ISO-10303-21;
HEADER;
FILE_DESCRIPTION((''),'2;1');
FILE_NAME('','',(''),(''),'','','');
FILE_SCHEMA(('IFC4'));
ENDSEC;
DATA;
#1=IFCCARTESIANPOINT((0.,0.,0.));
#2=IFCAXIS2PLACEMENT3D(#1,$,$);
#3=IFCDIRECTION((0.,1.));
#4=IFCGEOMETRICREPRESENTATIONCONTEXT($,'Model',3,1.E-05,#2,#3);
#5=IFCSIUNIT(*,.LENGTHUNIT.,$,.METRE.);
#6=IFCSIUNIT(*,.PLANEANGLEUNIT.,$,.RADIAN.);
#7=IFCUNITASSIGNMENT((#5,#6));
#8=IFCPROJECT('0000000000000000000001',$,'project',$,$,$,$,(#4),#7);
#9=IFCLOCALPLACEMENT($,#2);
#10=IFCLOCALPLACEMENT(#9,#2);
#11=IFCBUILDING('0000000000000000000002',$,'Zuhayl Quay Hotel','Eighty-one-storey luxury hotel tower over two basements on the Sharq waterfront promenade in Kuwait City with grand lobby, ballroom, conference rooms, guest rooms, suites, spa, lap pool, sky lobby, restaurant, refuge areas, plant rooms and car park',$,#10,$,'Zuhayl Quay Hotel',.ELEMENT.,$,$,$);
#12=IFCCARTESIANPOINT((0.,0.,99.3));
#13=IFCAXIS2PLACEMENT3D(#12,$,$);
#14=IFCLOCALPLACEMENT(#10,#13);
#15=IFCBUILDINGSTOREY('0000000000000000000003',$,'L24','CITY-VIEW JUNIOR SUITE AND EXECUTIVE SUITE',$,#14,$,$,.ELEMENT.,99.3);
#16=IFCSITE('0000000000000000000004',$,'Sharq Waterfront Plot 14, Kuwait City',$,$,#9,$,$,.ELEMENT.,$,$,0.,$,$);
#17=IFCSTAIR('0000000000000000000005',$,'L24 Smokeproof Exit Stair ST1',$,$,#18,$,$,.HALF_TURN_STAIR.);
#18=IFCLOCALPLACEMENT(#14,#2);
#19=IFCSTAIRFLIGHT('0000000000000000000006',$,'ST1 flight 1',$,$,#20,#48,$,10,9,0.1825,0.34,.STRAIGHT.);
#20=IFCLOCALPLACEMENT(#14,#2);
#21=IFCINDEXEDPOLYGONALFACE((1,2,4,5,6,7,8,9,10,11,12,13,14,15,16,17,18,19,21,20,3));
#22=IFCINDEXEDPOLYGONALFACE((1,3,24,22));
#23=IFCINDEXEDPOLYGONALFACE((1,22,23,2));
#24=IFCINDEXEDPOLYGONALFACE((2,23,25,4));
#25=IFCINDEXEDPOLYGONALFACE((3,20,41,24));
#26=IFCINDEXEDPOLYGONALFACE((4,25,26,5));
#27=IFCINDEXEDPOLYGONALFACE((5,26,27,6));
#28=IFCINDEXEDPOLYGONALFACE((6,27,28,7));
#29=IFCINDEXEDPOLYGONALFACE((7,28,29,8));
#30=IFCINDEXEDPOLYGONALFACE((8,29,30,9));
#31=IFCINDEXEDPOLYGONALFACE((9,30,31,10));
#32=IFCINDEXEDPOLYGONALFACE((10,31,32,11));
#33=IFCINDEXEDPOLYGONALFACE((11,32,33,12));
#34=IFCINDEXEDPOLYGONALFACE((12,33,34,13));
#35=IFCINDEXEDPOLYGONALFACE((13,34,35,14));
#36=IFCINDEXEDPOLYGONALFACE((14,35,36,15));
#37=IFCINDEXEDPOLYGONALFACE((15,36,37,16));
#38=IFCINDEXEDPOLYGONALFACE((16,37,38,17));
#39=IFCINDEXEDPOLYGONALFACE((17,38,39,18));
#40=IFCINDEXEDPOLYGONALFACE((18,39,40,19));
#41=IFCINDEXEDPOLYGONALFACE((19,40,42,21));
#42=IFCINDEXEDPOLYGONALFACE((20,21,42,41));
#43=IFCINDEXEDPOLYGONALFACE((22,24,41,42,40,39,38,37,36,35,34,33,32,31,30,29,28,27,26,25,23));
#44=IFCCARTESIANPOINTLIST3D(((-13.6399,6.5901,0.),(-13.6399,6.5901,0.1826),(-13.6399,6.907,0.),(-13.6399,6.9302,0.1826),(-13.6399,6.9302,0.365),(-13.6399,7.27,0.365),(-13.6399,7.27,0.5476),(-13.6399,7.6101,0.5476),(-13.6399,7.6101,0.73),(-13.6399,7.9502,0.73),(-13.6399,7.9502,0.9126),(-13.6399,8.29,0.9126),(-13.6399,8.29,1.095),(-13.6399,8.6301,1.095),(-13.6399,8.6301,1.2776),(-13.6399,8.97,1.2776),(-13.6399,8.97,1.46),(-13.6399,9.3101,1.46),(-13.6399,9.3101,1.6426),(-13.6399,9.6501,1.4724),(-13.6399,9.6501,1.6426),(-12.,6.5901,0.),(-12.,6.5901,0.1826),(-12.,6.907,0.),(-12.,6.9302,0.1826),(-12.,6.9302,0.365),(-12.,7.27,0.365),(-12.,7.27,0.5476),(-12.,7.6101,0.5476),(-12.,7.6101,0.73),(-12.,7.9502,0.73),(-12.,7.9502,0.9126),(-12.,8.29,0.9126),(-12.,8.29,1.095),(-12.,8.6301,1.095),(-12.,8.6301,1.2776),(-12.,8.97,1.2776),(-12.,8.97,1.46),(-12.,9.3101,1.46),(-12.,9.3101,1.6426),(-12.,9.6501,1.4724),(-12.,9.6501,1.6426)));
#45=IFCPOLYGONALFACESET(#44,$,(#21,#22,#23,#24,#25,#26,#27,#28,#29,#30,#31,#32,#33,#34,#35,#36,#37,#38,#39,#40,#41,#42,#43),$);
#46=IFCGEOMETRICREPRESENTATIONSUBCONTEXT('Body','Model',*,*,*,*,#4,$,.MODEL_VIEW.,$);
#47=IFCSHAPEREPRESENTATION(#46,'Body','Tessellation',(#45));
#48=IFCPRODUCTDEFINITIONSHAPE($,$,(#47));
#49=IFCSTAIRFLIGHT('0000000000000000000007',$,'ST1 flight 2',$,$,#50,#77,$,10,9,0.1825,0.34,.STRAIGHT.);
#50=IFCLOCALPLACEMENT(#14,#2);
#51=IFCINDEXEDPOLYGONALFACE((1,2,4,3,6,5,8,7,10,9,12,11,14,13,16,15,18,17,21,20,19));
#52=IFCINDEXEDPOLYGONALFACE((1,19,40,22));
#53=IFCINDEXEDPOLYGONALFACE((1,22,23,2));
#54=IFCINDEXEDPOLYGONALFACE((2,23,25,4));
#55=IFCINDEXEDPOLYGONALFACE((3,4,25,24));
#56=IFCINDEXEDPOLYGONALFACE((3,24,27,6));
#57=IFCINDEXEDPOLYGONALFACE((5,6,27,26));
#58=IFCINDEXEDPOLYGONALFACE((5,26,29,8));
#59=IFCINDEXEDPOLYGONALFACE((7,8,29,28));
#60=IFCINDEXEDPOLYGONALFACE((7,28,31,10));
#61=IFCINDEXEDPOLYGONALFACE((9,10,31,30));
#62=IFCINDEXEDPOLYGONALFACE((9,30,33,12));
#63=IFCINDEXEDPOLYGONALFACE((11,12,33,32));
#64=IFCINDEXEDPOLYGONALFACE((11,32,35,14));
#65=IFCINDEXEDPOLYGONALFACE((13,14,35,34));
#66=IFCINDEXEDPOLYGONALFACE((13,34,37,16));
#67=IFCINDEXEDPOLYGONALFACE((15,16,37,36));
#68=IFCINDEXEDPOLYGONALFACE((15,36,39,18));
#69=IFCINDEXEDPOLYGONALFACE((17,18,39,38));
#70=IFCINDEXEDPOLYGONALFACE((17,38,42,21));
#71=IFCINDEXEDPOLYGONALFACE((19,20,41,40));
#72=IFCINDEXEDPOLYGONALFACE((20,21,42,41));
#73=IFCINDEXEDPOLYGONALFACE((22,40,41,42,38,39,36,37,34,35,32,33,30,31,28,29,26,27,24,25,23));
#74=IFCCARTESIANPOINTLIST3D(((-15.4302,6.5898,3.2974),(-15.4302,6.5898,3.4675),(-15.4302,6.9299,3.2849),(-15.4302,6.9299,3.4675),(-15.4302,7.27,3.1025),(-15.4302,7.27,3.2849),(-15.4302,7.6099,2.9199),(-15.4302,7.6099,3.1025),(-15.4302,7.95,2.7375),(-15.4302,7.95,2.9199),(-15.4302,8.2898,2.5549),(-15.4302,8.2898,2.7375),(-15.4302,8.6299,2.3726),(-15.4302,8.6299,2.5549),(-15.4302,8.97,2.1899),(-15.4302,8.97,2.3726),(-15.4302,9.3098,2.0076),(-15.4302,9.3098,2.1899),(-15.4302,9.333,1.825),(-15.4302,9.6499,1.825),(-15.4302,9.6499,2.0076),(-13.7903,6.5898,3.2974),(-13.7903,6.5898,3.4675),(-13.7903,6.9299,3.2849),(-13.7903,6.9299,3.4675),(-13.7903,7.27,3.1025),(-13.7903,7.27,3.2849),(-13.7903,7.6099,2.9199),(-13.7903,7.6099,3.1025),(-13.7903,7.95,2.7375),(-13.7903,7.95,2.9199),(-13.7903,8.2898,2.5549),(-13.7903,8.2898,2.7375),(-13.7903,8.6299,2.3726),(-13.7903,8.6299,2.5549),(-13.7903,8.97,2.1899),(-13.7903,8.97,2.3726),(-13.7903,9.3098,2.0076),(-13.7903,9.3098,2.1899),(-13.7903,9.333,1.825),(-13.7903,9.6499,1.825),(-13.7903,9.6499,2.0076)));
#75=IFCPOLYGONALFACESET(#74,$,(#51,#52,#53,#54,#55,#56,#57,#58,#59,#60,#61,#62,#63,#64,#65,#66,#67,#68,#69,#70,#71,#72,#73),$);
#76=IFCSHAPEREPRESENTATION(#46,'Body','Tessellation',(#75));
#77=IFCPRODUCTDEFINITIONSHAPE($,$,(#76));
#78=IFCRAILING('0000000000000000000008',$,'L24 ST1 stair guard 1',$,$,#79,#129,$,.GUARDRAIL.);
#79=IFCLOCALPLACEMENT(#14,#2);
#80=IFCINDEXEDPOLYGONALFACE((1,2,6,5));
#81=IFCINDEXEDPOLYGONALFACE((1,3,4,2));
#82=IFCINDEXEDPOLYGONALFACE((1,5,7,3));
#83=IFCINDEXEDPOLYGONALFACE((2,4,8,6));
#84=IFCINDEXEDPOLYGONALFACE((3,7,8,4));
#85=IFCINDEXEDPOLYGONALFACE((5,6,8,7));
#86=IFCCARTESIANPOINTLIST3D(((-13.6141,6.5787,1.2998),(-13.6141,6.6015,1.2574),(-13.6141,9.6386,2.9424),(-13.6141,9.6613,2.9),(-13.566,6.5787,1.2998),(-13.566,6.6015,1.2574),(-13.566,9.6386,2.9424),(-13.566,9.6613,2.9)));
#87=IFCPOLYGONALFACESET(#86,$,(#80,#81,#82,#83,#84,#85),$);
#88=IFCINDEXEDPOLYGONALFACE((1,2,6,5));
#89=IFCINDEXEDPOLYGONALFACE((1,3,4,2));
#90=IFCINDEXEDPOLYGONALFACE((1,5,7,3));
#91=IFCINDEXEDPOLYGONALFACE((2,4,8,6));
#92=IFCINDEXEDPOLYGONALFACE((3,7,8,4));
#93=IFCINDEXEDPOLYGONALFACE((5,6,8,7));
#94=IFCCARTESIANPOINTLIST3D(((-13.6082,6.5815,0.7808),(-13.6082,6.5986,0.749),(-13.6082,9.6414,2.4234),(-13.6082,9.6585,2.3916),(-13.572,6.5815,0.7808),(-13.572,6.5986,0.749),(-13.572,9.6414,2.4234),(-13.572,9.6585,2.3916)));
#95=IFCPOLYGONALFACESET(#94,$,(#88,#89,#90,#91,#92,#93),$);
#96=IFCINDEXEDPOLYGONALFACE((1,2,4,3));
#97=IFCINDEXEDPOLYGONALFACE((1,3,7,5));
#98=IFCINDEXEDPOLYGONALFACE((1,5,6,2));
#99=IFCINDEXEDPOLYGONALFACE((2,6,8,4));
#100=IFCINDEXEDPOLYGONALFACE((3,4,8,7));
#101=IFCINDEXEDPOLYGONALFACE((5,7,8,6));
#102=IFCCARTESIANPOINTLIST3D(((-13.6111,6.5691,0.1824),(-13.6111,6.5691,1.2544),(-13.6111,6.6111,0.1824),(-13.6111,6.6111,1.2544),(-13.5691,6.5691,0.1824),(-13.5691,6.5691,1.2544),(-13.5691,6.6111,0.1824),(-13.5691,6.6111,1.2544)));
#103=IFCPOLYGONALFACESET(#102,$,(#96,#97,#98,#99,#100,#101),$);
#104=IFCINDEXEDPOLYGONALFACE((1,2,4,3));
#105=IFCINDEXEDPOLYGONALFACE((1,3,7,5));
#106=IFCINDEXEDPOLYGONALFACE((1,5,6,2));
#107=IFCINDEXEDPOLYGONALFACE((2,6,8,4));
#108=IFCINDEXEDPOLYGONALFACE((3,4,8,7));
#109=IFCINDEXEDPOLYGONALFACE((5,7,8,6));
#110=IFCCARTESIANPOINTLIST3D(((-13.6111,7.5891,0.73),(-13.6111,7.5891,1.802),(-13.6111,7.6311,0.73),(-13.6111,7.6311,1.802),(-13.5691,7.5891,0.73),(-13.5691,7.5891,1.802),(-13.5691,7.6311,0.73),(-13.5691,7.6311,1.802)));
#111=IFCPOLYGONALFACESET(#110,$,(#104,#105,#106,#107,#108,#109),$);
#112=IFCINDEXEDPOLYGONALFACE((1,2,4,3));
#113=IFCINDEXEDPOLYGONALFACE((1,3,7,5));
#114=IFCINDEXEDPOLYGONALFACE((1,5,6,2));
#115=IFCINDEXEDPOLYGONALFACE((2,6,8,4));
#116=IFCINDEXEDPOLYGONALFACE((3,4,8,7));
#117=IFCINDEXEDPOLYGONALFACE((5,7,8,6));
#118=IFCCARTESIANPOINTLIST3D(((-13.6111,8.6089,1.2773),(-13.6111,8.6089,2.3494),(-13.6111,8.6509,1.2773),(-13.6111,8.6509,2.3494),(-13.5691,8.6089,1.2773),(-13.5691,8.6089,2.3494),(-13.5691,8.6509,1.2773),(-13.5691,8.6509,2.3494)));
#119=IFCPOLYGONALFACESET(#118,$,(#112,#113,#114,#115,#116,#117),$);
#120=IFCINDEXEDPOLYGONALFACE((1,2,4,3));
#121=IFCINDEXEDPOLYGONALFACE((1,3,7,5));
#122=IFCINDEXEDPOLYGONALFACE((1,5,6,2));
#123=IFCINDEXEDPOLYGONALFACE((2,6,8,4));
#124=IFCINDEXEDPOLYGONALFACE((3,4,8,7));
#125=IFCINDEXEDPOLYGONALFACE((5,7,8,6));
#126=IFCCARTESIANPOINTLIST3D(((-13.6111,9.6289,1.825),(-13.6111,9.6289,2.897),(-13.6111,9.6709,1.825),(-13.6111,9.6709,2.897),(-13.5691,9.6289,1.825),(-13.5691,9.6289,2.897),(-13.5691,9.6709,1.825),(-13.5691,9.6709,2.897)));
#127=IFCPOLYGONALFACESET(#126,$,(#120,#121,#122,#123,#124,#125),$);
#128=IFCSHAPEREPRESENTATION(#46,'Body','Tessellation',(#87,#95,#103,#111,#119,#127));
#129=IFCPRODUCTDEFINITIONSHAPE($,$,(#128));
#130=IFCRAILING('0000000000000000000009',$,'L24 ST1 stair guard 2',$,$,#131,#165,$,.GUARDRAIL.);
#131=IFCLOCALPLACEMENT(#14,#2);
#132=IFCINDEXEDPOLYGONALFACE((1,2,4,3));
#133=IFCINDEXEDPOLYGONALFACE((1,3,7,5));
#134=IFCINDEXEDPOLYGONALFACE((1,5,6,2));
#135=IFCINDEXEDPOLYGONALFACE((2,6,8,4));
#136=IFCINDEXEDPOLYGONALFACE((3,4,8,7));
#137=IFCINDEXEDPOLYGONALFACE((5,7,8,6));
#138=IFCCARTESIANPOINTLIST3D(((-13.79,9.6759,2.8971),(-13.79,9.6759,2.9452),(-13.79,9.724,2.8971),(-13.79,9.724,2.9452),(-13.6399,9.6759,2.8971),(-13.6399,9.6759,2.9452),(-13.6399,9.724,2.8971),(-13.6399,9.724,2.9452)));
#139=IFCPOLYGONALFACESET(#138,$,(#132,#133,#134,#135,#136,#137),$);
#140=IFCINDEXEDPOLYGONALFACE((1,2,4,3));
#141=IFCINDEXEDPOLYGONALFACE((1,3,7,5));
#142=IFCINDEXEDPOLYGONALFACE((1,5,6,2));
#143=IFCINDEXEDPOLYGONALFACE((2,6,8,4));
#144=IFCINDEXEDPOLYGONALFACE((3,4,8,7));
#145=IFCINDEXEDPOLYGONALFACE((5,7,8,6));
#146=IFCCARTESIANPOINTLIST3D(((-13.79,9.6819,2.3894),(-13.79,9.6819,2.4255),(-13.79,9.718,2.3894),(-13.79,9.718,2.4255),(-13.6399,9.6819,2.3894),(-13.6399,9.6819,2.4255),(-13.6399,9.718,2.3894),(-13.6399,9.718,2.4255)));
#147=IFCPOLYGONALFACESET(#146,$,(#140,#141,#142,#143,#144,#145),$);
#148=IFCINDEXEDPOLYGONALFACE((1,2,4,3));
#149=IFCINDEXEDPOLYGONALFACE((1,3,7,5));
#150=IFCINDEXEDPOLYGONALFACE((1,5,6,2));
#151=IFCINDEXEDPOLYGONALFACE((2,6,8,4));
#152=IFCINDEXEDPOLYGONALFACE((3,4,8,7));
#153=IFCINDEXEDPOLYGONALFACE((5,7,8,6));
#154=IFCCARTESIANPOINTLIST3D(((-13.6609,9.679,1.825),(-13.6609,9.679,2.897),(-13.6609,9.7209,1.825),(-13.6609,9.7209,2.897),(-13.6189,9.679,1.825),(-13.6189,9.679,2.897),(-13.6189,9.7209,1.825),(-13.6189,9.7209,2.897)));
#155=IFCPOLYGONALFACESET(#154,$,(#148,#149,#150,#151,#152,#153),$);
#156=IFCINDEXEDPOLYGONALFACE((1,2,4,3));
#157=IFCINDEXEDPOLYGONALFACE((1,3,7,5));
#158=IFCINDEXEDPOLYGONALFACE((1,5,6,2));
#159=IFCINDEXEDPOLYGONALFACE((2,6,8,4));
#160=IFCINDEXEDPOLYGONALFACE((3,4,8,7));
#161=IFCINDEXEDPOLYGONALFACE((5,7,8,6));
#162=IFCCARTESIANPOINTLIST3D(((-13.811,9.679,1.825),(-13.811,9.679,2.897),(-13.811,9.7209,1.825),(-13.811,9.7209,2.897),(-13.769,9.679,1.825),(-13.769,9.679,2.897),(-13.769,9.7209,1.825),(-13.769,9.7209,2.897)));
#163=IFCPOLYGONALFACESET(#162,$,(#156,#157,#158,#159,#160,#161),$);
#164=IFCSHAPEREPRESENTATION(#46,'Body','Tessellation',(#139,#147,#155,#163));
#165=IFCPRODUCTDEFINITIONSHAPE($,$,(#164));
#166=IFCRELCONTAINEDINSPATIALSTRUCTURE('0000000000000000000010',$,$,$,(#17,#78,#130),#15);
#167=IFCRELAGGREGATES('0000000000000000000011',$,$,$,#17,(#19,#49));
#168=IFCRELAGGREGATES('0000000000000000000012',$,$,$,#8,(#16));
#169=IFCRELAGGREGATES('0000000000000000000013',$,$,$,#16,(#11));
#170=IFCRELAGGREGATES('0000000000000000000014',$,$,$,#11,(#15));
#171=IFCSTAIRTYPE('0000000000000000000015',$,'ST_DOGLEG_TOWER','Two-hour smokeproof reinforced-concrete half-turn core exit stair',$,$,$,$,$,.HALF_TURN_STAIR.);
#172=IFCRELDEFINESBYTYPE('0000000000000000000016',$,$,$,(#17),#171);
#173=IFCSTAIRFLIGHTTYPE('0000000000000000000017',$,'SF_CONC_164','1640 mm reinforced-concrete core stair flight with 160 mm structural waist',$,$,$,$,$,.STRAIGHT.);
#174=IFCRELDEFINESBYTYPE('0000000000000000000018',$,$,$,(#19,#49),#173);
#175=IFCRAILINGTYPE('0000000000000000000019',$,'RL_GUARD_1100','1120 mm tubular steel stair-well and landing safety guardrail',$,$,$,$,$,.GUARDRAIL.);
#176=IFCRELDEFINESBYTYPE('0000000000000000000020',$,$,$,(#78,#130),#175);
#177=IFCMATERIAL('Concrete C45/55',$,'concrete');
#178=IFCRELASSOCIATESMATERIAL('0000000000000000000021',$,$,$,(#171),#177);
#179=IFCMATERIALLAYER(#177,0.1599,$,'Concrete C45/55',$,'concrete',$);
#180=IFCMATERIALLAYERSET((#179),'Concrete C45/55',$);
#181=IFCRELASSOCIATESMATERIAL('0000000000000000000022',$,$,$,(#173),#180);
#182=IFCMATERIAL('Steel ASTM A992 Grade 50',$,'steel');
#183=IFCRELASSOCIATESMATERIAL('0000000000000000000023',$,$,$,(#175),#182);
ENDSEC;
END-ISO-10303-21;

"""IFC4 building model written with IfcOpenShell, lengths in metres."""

from ifc_helpers import new_model, si_unit, direction, frame, origin, origin_2d, place, context, subcontext, project, spatial, polyline, rectangle, outline, extrude, material, layer, layer_set, type_object, element, aggregate, save


model = new_model("IFC4")

# Units and contexts
model_context = context("Model", 3, precision=1e-05, world=origin(), true_north=direction((0.0, 1.0)))
body_context = subcontext(model_context, "Body", "Model", "MODEL_VIEW")
ifc_project = project(units=[si_unit("LENGTHUNIT", "METRE"), si_unit("PLANEANGLEUNIT", "RADIAN")], contexts=[model_context])

# Site, building, storey
site_placement = place(None, origin())
site = spatial("IfcSite", under=ifc_project, at=site_placement, Name="Sharq Waterfront Plot 14, Kuwait City", CompositionType="ELEMENT", RefElevation=0.0)
building_placement = place(site_placement, origin())
building = spatial("IfcBuilding", under=site, at=building_placement, Name="Zuhayl Quay Hotel", Description="Eighty-one-storey luxury hotel tower over two basements on the Sharq waterfront promenade in Kuwait City with grand lobby, ballroom, conference rooms, guest rooms, suites, spa, lap pool, sky lobby, restaurant, refuge areas, plant rooms and car park", LongName="Zuhayl Quay Hotel", CompositionType="ELEMENT")
storey_placement = place(building_placement, frame((0.0, 0.0, 99.3)))
storey = spatial("IfcBuildingStorey", under=building, at=storey_placement, Name="L24", Description="CITY-VIEW JUNIOR SUITE AND EXECUTIVE SUITE", CompositionType="ELEMENT", Elevation=99.3)

# Shared definitions
ifc_material_1 = material(Name="Steel ASTM A992 Grade 50", Category="steel")

# Stair, stair flights
ifc_material_2 = material(Name="Concrete C45/55", Category="concrete")
stair_type = type_object("IfcStairType", Name="ST_DOGLEG_TOWER", Description="Two-hour smokeproof reinforced-concrete half-turn core exit stair", PredefinedType="HALF_TURN_STAIR", material=ifc_material_2)
stair_placement = place(storey_placement, origin())
stair = element("IfcStair", 1, at=stair_placement, inside=storey, type_object=stair_type, Name="L24 Smokeproof Exit Stair ST1", PredefinedType="HALF_TURN_STAIR")
ifc_layer_1 = layer(ifc_material_2, 0.1599, Name="Concrete C45/55", Category="concrete")
ifc_layer_set_1 = layer_set([ifc_layer_1], Name="Concrete C45/55")
stair_flight_type = type_object("IfcStairFlightType", Name="SF_CONC_164", Description="1640 mm reinforced-concrete core stair flight with 160 mm structural waist", PredefinedType="STRAIGHT", material=ifc_layer_set_1)
stair_flight_1_placement = place(storey_placement, frame((-12.8201, 6.5901, 0.0), z_axis=(0.0, 0.0, 1.0), x_axis=(0.0, 1.0, 0.0)))
stair_flight_1 = element("IfcStairFlight", 2, at=stair_flight_1_placement, type_object=stair_flight_type, Name="ST1 flight 1", NumberOfRisers=10, NumberOfTreads=9, PredefinedType="STRAIGHT", RiserHeight=0.1825, TreadLength=0.34, context=body_context, shape_type="SweptSolid", body=[
    extrude(outline(polyline([(0.0, 0.0), (0.0, 0.1826), (0.3401, 0.1826), (0.3401, 0.365), (0.6799, 0.365), (0.6799, 0.5476), (1.02, 0.5476), (1.02, 0.73), (1.3601, 0.73), (1.3601, 0.9126), (1.7, 0.9126), (1.7, 1.095), (2.04, 1.095), (2.04, 1.2776), (2.3799, 1.2776), (2.3799, 1.46), (2.72, 1.46), (2.72, 1.6426), (3.0601, 1.6426), (3.0601, 1.825), (3.0601, 1.4724), (0.3169, 0.0), (0.0, 0.0)])), frame((0.0, 0.8198, 0.0), z_axis=(0.0, -1.0, 0.0), x_axis=(1.0, 0.0, 0.0)), (0.0, 0.0, 1.0), 1.6399),
])
stair_flight_2_placement = place(storey_placement, frame((-14.6101, 9.6499, 1.825), z_axis=(0.0, 0.0, 1.0), x_axis=(0.0, -1.0, 0.0)))
stair_flight_2 = element("IfcStairFlight", 3, at=stair_flight_2_placement, type_object=stair_flight_type, Name="ST1 flight 2", NumberOfRisers=10, NumberOfTreads=9, PredefinedType="STRAIGHT", RiserHeight=0.1825, TreadLength=0.34, context=body_context, shape_type="SweptSolid", body=[
    extrude(outline(polyline([(0.0, 0.0), (0.0, 0.1826), (0.3401, 0.1826), (0.3401, 0.365), (0.6799, 0.365), (0.6799, 0.5476), (1.02, 0.5476), (1.02, 0.73), (1.3601, 0.73), (1.3601, 0.9126), (1.7, 0.9126), (1.7, 1.095), (2.04, 1.095), (2.04, 1.2776), (2.3799, 1.2776), (2.3799, 1.46), (2.72, 1.46), (2.72, 1.6426), (3.0601, 1.6426), (3.0601, 1.825), (3.0601, 1.4724), (0.3169, 0.0), (0.0, 0.0)])), frame((0.0, 0.8198, 0.0), z_axis=(0.0, -1.0, 0.0), x_axis=(1.0, 0.0, 0.0)), (0.0, 0.0, 1.0), 1.6399),
])
aggregate(stair, [stair_flight_1, stair_flight_2])

# Railings
railing_type_1 = type_object("IfcRailingType", Name="RL_GUARD_1100", Description="1120 mm tubular steel stair-well and landing safety guardrail", PredefinedType="GUARDRAIL", material=ifc_material_1)
railing_1_placement = place(storey_placement, frame((-13.5901, 6.5901, 0.1824)))
element("IfcRailing", 4, at=railing_1_placement, inside=storey, type_object=railing_type_1, Name="L24 ST1 stair guard 1", PredefinedType="GUARDRAIL", context=body_context, shape_type="SweptSolid", body=[
    extrude(rectangle(XDim=0.0481, YDim=0.0481, at=origin_2d()), frame((0.0, 0.0, 1.0962), z_axis=(0.0, 0.881073, 0.47298), x_axis=(-1.0, 0.0, 0.0)), (0.0, 0.0, 1.0), 3.4729),
    extrude(rectangle(XDim=0.0361, YDim=0.0361, at=origin_2d()), frame((0.0, 0.0, 0.5825), z_axis=(0.0, 0.881073, 0.47298), x_axis=(-1.0, 0.0, 0.0)), (0.0, 0.0, 1.0), 3.4729),
    extrude(rectangle(XDim=0.042, YDim=0.042, at=origin_2d()), origin(), (0.0, 0.0, 1.0), 1.072),
    extrude(rectangle(XDim=0.042, YDim=0.042, at=origin_2d()), frame((0.0, 1.02, 0.5476)), (0.0, 0.0, 1.0), 1.072),
    extrude(rectangle(XDim=0.042, YDim=0.042, at=origin_2d()), frame((0.0, 2.0398, 1.095)), (0.0, 0.0, 1.0), 1.072),
    extrude(rectangle(XDim=0.042, YDim=0.042, at=origin_2d()), frame((0.0, 3.0598, 1.6426)), (0.0, 0.0, 1.0), 1.072),
])
railing_2_placement = place(storey_placement, frame((-13.6399, 9.7, 1.825)))
element("IfcRailing", 5, at=railing_2_placement, inside=storey, type_object=railing_type_1, Name="L24 ST1 stair guard 2", PredefinedType="GUARDRAIL", context=body_context, shape_type="SweptSolid", body=[
    extrude(rectangle(XDim=0.0481, YDim=0.0481, at=origin_2d()), frame((0.0, 0.0, 1.0962), z_axis=(-1.0, 0.0, 0.0), x_axis=(0.0, -1.0, 0.0)), (0.0, 0.0, 1.0), 0.1501),
    extrude(rectangle(XDim=0.0361, YDim=0.0361, at=origin_2d()), frame((0.0, 0.0, 0.5825), z_axis=(-1.0, 0.0, 0.0), x_axis=(0.0, -1.0, 0.0)), (0.0, 0.0, 1.0), 0.1501),
    extrude(rectangle(XDim=0.042, YDim=0.042, at=origin_2d()), origin(), (0.0, 0.0, 1.0), 1.072),
    extrude(rectangle(XDim=0.042, YDim=0.042, at=origin_2d()), frame((-0.1501, 0.0, 0.0)), (0.0, 0.0, 1.0), 1.072),
])

save(model, "model.ifc")
